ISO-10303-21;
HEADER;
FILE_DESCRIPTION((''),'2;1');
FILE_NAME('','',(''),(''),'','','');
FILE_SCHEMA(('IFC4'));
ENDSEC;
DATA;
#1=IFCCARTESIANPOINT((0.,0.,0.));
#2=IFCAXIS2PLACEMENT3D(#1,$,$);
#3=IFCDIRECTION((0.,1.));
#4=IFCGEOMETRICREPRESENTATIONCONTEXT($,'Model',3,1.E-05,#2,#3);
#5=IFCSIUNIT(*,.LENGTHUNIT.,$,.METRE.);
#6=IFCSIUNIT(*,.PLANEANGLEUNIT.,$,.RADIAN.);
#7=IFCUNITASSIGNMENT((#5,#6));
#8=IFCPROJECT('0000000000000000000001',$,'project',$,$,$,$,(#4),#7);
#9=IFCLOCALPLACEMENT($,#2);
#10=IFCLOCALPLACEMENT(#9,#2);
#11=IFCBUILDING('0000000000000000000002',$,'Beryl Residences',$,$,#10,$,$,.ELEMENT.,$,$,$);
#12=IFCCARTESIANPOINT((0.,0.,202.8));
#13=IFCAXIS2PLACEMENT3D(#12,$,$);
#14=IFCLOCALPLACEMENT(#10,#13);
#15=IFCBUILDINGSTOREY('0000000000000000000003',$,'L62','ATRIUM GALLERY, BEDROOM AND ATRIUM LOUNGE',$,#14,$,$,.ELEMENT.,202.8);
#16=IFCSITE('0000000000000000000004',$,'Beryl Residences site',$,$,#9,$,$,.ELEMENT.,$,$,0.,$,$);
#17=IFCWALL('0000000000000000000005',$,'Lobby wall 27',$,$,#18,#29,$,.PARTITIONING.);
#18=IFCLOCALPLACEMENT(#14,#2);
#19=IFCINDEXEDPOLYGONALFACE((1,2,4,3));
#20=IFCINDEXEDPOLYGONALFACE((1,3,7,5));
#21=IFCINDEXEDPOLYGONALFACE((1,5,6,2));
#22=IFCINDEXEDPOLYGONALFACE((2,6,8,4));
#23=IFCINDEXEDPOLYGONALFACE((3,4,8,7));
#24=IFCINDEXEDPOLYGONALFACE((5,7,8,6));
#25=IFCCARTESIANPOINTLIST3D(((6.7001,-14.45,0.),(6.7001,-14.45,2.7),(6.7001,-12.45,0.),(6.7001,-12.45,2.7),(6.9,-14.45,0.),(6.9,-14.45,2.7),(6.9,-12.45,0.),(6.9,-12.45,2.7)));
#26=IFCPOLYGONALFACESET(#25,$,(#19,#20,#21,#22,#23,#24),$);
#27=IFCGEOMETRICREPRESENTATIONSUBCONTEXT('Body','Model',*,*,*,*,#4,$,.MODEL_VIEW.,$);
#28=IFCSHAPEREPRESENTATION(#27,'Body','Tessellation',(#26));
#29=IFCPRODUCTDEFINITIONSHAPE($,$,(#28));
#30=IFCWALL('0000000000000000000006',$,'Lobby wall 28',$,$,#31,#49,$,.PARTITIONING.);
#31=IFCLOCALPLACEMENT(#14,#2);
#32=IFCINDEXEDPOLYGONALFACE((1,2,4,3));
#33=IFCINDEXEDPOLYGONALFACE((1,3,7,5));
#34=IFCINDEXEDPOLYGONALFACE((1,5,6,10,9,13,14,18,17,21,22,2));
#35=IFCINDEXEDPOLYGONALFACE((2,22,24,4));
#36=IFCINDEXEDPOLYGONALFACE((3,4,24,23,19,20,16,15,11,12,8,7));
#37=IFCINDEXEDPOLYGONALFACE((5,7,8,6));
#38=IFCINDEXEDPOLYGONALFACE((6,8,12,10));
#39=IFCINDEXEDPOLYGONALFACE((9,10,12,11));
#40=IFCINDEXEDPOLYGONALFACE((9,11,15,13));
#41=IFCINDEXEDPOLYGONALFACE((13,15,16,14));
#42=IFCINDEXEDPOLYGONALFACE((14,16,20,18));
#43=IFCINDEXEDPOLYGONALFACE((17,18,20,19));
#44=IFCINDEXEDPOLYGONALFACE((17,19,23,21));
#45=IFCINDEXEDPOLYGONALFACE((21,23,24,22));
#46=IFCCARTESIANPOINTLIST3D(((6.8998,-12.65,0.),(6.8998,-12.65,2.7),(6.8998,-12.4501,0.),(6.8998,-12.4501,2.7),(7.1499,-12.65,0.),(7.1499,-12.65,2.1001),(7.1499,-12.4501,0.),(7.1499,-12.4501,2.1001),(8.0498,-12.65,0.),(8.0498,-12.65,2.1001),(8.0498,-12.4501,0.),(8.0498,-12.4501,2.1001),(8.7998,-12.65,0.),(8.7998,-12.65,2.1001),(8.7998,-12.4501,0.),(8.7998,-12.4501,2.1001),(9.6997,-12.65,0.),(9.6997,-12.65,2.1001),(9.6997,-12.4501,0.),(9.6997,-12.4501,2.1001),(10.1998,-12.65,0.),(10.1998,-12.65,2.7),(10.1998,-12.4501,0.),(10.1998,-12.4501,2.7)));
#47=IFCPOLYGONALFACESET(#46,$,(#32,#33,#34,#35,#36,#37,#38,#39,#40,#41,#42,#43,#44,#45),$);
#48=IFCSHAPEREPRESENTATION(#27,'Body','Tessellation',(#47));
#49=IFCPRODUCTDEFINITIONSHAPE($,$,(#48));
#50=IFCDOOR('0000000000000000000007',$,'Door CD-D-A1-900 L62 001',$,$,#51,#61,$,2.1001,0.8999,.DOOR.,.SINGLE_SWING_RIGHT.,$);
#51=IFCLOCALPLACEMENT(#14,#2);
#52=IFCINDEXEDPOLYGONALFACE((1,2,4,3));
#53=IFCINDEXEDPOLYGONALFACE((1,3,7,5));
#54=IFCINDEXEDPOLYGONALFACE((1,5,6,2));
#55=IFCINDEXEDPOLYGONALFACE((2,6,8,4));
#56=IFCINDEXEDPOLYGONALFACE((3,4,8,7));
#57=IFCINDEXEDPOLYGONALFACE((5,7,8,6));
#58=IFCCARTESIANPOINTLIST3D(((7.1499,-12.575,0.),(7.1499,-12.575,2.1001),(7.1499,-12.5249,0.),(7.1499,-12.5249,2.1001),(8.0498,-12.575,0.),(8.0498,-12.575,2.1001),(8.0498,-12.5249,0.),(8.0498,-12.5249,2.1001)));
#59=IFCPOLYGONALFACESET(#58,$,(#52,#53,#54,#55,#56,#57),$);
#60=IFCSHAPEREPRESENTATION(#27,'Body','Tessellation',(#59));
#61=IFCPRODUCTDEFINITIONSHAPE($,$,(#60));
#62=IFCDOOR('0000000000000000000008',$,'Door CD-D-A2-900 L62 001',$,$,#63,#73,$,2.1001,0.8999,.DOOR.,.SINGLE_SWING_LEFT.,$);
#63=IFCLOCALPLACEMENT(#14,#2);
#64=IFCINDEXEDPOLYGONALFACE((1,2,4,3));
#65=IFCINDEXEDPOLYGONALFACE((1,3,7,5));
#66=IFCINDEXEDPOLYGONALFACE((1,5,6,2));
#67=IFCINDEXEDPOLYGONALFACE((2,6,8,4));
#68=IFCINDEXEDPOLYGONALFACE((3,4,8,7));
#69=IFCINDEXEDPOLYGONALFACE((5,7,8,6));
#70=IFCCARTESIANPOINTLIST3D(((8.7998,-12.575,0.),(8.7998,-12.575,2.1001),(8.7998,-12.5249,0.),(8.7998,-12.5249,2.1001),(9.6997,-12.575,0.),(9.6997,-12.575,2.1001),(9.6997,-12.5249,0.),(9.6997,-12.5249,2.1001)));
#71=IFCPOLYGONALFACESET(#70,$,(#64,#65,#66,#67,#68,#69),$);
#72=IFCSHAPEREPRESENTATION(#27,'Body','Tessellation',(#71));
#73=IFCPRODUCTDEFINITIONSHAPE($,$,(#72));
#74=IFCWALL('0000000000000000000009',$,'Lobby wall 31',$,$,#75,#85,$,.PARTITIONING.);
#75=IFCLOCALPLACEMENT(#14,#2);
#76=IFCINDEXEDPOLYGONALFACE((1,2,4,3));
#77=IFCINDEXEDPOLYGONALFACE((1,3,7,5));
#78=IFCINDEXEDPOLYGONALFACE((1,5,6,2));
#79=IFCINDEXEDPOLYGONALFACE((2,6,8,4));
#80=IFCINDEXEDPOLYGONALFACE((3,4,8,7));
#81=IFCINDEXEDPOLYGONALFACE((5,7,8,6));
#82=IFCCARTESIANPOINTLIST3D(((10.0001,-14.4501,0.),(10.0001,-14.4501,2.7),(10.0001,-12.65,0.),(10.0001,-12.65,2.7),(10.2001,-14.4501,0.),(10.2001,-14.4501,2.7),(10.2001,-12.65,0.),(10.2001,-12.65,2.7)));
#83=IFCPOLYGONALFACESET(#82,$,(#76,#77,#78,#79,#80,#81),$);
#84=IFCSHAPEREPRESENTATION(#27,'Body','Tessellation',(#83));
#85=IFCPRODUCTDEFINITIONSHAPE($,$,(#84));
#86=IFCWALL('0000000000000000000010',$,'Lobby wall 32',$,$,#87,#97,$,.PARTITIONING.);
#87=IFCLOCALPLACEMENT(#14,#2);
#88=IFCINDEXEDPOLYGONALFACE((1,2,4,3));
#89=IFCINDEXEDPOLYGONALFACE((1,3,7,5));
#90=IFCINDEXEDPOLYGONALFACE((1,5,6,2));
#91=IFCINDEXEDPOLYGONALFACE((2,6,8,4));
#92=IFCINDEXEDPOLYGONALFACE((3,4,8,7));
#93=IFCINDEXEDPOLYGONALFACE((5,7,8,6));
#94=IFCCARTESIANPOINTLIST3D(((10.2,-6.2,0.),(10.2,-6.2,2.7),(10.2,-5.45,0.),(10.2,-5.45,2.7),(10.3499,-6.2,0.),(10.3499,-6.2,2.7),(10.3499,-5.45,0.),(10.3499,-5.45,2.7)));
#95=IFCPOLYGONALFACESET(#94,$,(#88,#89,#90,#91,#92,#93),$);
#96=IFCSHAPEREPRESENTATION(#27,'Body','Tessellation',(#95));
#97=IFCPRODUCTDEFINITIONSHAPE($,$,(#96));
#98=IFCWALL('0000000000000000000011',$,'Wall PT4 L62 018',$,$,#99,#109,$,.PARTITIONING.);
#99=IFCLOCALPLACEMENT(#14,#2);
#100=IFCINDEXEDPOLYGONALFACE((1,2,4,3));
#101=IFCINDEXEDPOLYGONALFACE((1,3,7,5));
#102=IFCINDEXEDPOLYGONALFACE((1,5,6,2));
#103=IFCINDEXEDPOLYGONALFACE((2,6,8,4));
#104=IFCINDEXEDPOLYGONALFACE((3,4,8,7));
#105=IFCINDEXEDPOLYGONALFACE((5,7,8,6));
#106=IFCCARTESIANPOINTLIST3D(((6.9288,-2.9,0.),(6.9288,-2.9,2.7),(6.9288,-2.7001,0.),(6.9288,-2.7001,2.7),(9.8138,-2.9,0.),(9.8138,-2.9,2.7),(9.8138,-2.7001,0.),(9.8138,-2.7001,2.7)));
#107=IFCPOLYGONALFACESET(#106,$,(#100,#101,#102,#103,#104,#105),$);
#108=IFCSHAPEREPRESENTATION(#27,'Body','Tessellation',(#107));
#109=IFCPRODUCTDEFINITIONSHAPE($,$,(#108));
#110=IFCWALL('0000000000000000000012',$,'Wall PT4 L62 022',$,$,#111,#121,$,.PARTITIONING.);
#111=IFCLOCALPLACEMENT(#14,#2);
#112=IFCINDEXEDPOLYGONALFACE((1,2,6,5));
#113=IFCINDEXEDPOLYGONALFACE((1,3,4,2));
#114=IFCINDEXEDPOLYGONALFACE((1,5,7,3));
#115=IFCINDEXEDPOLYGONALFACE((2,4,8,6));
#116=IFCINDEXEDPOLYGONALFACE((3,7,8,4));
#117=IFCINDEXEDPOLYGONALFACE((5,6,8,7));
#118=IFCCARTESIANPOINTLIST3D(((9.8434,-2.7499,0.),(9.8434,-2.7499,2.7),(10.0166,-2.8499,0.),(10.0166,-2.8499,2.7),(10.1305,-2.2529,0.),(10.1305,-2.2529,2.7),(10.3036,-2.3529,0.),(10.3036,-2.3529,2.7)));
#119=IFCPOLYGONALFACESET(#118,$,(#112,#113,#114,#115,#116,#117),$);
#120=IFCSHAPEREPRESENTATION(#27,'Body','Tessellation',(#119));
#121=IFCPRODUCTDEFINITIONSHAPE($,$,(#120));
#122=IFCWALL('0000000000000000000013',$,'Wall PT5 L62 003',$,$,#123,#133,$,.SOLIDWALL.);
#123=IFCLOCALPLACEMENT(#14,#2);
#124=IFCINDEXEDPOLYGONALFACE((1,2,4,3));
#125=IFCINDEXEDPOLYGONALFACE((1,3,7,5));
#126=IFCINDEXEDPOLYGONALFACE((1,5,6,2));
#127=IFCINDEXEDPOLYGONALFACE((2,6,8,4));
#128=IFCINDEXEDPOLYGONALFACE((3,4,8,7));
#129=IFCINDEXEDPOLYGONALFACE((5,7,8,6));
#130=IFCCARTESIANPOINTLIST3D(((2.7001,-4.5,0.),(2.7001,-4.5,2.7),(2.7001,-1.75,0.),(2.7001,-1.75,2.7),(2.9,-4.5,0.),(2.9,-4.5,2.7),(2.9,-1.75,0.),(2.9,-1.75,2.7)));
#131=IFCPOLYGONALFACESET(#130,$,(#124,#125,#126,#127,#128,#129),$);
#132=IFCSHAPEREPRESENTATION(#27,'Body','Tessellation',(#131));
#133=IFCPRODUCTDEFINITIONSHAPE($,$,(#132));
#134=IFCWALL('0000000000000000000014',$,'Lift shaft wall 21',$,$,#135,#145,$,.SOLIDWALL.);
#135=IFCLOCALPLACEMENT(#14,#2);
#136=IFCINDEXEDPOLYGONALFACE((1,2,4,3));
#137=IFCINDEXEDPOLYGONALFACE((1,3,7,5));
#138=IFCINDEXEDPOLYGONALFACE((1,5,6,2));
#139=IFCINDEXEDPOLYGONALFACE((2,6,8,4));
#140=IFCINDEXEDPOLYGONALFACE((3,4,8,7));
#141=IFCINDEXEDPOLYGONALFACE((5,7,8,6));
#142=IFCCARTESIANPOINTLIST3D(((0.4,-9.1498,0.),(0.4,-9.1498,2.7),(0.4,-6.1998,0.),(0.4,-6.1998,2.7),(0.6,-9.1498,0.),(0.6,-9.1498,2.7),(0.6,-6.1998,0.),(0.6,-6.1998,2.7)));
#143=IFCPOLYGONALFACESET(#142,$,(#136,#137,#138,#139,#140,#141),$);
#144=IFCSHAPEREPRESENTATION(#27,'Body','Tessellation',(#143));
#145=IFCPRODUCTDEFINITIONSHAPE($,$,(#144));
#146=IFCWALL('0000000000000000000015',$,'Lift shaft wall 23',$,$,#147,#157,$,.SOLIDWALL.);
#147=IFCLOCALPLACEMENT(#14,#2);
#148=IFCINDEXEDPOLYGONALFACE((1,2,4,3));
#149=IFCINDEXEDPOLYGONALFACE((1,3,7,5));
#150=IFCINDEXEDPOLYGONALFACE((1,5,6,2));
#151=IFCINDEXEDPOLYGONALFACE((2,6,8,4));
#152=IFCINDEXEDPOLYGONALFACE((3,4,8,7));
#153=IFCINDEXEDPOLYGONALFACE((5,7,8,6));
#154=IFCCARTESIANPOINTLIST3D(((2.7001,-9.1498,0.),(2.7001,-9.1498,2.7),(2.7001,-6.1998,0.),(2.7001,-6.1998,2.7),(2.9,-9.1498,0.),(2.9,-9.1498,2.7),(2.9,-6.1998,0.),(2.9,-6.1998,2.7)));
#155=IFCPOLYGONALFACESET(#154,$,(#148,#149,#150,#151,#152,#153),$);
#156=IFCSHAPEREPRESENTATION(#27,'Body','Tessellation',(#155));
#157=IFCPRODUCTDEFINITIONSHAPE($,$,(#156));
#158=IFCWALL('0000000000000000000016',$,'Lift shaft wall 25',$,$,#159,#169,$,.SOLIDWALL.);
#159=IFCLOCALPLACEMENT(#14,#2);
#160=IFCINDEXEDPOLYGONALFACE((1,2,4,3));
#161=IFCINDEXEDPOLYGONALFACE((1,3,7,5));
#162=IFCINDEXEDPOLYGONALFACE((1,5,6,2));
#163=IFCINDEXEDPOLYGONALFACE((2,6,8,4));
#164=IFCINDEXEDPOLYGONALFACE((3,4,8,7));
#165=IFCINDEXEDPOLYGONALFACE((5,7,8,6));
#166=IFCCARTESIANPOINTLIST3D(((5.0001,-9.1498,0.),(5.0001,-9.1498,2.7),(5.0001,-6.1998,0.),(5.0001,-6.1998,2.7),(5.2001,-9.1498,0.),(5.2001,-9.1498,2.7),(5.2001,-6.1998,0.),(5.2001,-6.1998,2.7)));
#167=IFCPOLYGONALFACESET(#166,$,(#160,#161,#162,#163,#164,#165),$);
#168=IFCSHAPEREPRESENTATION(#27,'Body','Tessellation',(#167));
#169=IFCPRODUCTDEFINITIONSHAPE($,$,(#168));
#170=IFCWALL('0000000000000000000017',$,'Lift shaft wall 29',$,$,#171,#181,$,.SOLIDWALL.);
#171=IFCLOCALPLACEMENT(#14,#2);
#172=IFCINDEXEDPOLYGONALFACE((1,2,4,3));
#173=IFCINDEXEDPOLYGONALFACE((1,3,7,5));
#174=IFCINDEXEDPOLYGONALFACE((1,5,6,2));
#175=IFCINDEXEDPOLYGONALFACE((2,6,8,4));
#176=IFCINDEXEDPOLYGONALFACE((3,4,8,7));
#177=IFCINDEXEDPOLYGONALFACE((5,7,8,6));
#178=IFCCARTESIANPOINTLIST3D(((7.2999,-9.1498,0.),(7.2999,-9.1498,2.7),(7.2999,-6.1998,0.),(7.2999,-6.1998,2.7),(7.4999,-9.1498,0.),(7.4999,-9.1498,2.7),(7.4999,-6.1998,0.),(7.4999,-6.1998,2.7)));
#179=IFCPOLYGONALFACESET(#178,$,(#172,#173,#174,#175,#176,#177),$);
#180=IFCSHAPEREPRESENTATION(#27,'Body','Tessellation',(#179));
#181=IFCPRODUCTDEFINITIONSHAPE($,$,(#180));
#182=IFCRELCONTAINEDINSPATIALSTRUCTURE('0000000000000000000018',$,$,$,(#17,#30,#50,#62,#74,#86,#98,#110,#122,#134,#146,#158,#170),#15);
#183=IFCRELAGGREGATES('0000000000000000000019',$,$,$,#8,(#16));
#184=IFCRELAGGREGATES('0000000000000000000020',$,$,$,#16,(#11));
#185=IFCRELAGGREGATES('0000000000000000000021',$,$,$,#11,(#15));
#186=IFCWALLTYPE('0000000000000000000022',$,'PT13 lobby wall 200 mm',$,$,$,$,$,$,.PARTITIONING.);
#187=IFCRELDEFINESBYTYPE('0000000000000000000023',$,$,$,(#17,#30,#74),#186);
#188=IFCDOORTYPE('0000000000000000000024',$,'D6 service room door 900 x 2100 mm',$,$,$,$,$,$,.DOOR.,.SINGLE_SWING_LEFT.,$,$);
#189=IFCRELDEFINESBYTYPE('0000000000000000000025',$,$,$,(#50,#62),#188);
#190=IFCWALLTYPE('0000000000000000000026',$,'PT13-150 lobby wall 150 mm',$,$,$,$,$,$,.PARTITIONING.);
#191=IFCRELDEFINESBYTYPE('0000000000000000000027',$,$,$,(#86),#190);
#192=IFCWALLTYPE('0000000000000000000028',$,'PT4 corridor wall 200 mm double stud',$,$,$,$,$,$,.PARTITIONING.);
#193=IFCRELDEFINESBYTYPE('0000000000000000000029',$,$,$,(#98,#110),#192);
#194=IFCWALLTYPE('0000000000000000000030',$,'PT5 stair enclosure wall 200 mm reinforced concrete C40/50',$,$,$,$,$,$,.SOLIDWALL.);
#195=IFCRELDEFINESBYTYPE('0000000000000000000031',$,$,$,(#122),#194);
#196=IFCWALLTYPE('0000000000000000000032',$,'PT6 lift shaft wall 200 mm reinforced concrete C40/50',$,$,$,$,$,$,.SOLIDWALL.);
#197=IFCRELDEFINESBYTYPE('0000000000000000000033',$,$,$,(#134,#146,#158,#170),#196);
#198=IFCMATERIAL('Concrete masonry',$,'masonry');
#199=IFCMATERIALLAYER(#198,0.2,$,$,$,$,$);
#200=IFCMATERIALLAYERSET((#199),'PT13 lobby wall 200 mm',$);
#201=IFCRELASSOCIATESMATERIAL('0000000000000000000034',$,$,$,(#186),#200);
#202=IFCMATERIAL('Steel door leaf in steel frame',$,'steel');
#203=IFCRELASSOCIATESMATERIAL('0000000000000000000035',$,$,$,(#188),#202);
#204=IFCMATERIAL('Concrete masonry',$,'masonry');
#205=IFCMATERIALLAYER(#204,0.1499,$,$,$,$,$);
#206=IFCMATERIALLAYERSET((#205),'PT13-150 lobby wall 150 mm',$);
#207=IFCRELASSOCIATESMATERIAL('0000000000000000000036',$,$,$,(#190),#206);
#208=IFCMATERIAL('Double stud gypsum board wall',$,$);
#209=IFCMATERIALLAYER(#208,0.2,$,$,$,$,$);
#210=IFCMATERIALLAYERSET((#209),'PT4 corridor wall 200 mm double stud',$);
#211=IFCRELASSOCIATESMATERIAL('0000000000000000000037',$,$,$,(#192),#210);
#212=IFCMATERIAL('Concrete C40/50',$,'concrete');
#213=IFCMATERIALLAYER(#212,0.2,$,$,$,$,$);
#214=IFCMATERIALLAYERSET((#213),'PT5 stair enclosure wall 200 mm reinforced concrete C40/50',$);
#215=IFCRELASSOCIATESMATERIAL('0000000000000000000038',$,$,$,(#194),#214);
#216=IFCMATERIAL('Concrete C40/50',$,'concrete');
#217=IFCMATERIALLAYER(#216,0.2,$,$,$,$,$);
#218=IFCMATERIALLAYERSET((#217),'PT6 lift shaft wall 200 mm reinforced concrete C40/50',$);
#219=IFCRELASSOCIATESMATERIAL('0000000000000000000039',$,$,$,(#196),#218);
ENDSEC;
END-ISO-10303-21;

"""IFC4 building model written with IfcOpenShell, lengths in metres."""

from ifc_helpers import new_model, si_unit, direction, frame, frame_2d, origin, place, context, subcontext, project, spatial, rectangle, extrude, material, layer, layer_set, type_object, element, fill, save


model = new_model("IFC4")

# Units and contexts
model_context = context("Model", 3, precision=1e-05, world=origin(), true_north=direction((0.0, 1.0)))
body_context = subcontext(model_context, "Body", "Model", "MODEL_VIEW")
ifc_project = project(units=[si_unit("LENGTHUNIT", "METRE"), si_unit("PLANEANGLEUNIT", "RADIAN")], contexts=[model_context])

# Site, building, storey
site_placement = place(None, origin())
site = spatial("IfcSite", under=ifc_project, at=site_placement, Name="Beryl Residences site", CompositionType="ELEMENT", RefElevation=0.0)
building_placement = place(site_placement, origin())
building = spatial("IfcBuilding", under=site, at=building_placement, Name="Beryl Residences", CompositionType="ELEMENT")
storey_placement = place(building_placement, frame((0.0, 0.0, 202.8)))
storey = spatial("IfcBuildingStorey", under=building, at=storey_placement, Name="L62", Description="ATRIUM GALLERY, BEDROOM AND ATRIUM LOUNGE", CompositionType="ELEMENT", Elevation=202.8)

# Wall
ifc_material_1 = material(Name="Concrete masonry", Category="masonry")
ifc_layer_1 = layer(ifc_material_1, 0.2)
ifc_layer_set_1 = layer_set([ifc_layer_1], Name="PT13 lobby wall 200 mm")
wall_type_1 = type_object("IfcWallType", Name="PT13 lobby wall 200 mm", PredefinedType="PARTITIONING", material=ifc_layer_set_1)
wall_1_placement = place(storey_placement, frame((6.8, -14.45, 0.0), z_axis=(0.0, 0.0, 1.0), x_axis=(0.0, 1.0, 0.0)))
element("IfcWall", 1, at=wall_1_placement, inside=storey, type_object=wall_type_1, Name="Lobby wall 27", PredefinedType="PARTITIONING", context=body_context, shape_type="SweptSolid", body=[
    extrude(rectangle(XDim=2.0, YDim=0.2, at=frame_2d((1.0, 0.0))), origin(), (0.0, 0.0, 1.0), 2.7),
])

# Wall, openings, doors
wall_2_placement = place(storey_placement, frame((6.8999, -12.55, 0.0), z_axis=(0.0, 0.0, 1.0), x_axis=(1.0, 0.0, 0.0)))
wall_2 = element("IfcWall", 2, at=wall_2_placement, inside=storey, type_object=wall_type_1, Name="Lobby wall 28", PredefinedType="PARTITIONING", context=body_context, shape_type="SweptSolid", body=[
    extrude(rectangle(XDim=3.3, YDim=0.2, at=frame_2d((1.6499, 0.0))), origin(), (0.0, 0.0, 1.0), 2.7),
])
opening_1_placement = place(wall_2_placement, frame((1.1499, 0.0, 0.0), z_axis=(0.0, 0.0, 1.0), x_axis=(-1.0, 0.0, 0.0)))
opening_1 = element("IfcOpeningElement", 3, at=opening_1_placement, cuts=wall_2, PredefinedType="OPENING", context=body_context, shape_type="SweptSolid", body=[
    extrude(rectangle(XDim=0.8999, YDim=2.1001, at=frame_2d((0.45, 1.05))), frame((0.0, 0.1099, 0.0), z_axis=(0.0, -1.0, 0.0), x_axis=(1.0, 0.0, 0.0)), (0.0, 0.0, 1.0), 0.22),
])
opening_2_placement = place(wall_2_placement, frame((2.7998, 0.0, 0.0), z_axis=(0.0, 0.0, 1.0), x_axis=(-1.0, 0.0, 0.0)))
opening_2 = element("IfcOpeningElement", 4, at=opening_2_placement, cuts=wall_2, PredefinedType="OPENING", context=body_context, shape_type="SweptSolid", body=[
    extrude(rectangle(XDim=0.8999, YDim=2.1001, at=frame_2d((0.45, 1.05))), frame((0.0, 0.1099, 0.0), z_axis=(0.0, -1.0, 0.0), x_axis=(1.0, 0.0, 0.0)), (0.0, 0.0, 1.0), 0.22),
])
ifc_material_2 = material(Name="Steel door leaf in steel frame", Category="steel")
door_type = type_object("IfcDoorType", Name="D6 service room door 900 x 2100 mm", OperationType="SINGLE_SWING_LEFT", PredefinedType="DOOR", material=ifc_material_2)
door_1_placement = place(opening_1_placement, origin())
door_1 = element("IfcDoor", 5, at=door_1_placement, inside=storey, type_object=door_type, Name="Door CD-D-A1-900 L62 001", OperationType="SINGLE_SWING_RIGHT", OverallHeight=2.1001, OverallWidth=0.8999, PredefinedType="DOOR", context=body_context, shape_type="SweptSolid", body=[
    extrude(rectangle(XDim=0.8999, YDim=2.1001, at=frame_2d((0.45, 1.05))), frame((0.0, 0.0249, 0.0), z_axis=(0.0, -1.0, 0.0), x_axis=(1.0, 0.0, 0.0)), (0.0, 0.0, 1.0), 0.05),
])
fill(opening_1, door_1)
door_2_placement = place(opening_2_placement, origin())
door_2 = element("IfcDoor", 6, at=door_2_placement, inside=storey, type_object=door_type, Name="Door CD-D-A2-900 L62 001", OperationType="SINGLE_SWING_LEFT", OverallHeight=2.1001, OverallWidth=0.8999, PredefinedType="DOOR", context=body_context, shape_type="SweptSolid", body=[
    extrude(rectangle(XDim=0.8999, YDim=2.1001, at=frame_2d((0.45, 1.05))), frame((0.0, 0.0249, 0.0), z_axis=(0.0, -1.0, 0.0), x_axis=(1.0, 0.0, 0.0)), (0.0, 0.0, 1.0), 0.05),
])
fill(opening_2, door_2)

# Walls
wall_3_placement = place(storey_placement, frame((10.1001, -14.45, 0.0), z_axis=(0.0, 0.0, 1.0), x_axis=(0.0, 1.0, 0.0)))
element("IfcWall", 7, at=wall_3_placement, inside=storey, type_object=wall_type_1, Name="Lobby wall 31", PredefinedType="PARTITIONING", context=body_context, shape_type="SweptSolid", body=[
    extrude(rectangle(XDim=1.8, YDim=0.2, at=frame_2d((0.8999, 0.0))), origin(), (0.0, 0.0, 1.0), 2.7),
])
ifc_material_3 = material(Name="Concrete masonry", Category="masonry")
ifc_layer_2 = layer(ifc_material_3, 0.1499)
ifc_layer_set_2 = layer_set([ifc_layer_2], Name="PT13-150 lobby wall 150 mm")
wall_type_2 = type_object("IfcWallType", Name="PT13-150 lobby wall 150 mm", PredefinedType="PARTITIONING", material=ifc_layer_set_2)
wall_4_placement = place(storey_placement, frame((10.2749, -6.2, 0.0), z_axis=(0.0, 0.0, 1.0), x_axis=(0.0, 1.0, 0.0)))
element("IfcWall", 8, at=wall_4_placement, inside=storey, type_object=wall_type_2, Name="Lobby wall 32", PredefinedType="PARTITIONING", context=body_context, shape_type="SweptSolid", body=[
    extrude(rectangle(XDim=0.75, YDim=0.1499, at=frame_2d((0.375, 0.0))), origin(), (0.0, 0.0, 1.0), 2.7),
])
ifc_material_4 = material(Name="Double stud gypsum board wall")
ifc_layer_3 = layer(ifc_material_4, 0.2)
ifc_layer_set_3 = layer_set([ifc_layer_3], Name="PT4 corridor wall 200 mm double stud")
wall_type_3 = type_object("IfcWallType", Name="PT4 corridor wall 200 mm double stud", PredefinedType="PARTITIONING", material=ifc_layer_set_3)
wall_5_placement = place(storey_placement, frame((6.929, -2.8, 0.0), z_axis=(0.0, 0.0, 1.0), x_axis=(1.0, 0.0, 0.0)))
element("IfcWall", 9, at=wall_5_placement, inside=storey, type_object=wall_type_3, Name="Wall PT4 L62 018", PredefinedType="PARTITIONING", context=body_context, shape_type="SweptSolid", body=[
    extrude(rectangle(XDim=2.885, YDim=0.2, at=frame_2d((1.4424, 0.0))), origin(), (0.0, 0.0, 1.0), 2.7),
])
wall_6_placement = place(storey_placement, frame((9.9299, -2.8, 0.0), z_axis=(0.0, 0.0, 1.0), x_axis=(0.500164, 0.865931, 0.0)))
element("IfcWall", 10, at=wall_6_placement, inside=storey, type_object=wall_type_3, Name="Wall PT4 L62 022", PredefinedType="PARTITIONING", context=body_context, shape_type="SweptSolid", body=[
    extrude(rectangle(XDim=0.574, YDim=0.2, at=frame_2d((0.2871, 0.0))), origin(), (0.0, 0.0, 1.0), 2.7),
])
ifc_material_5 = material(Name="Concrete C40/50", Category="concrete")
ifc_layer_4 = layer(ifc_material_5, 0.2)
ifc_layer_set_4 = layer_set([ifc_layer_4], Name="PT5 stair enclosure wall 200 mm reinforced concrete C40/50")
wall_type_4 = type_object("IfcWallType", Name="PT5 stair enclosure wall 200 mm reinforced concrete C40/50", PredefinedType="SOLIDWALL", material=ifc_layer_set_4)
wall_7_placement = place(storey_placement, frame((2.8, -4.5, 0.0), z_axis=(0.0, 0.0, 1.0), x_axis=(0.0, 1.0, 0.0)))
element("IfcWall", 11, at=wall_7_placement, inside=storey, type_object=wall_type_4, Name="Wall PT5 L62 003", PredefinedType="SOLIDWALL", context=body_context, shape_type="SweptSolid", body=[
    extrude(rectangle(XDim=2.75, YDim=0.2, at=frame_2d((1.375, 0.0))), origin(), (0.0, 0.0, 1.0), 2.7),
])
ifc_material_6 = material(Name="Concrete C40/50", Category="concrete")
ifc_layer_5 = layer(ifc_material_6, 0.2)
ifc_layer_set_5 = layer_set([ifc_layer_5], Name="PT6 lift shaft wall 200 mm reinforced concrete C40/50")
wall_type_5 = type_object("IfcWallType", Name="PT6 lift shaft wall 200 mm reinforced concrete C40/50", PredefinedType="SOLIDWALL", material=ifc_layer_set_5)
for number, where, z_axis, x_axis, name in (
    (12, (0.5, -9.1499, 0.0), (0.0, 0.0, 1.0), (0.0, 1.0, 0.0), "Lift shaft wall 21"),
    (13, (2.8, -9.1499, 0.0), (0.0, 0.0, 1.0), (0.0, 1.0, 0.0), "Lift shaft wall 23"),
    (14, (5.1001, -9.1499, 0.0), (0.0, 0.0, 1.0), (0.0, 1.0, 0.0), "Lift shaft wall 25"),
    (15, (7.3999, -9.1499, 0.0), (0.0, 0.0, 1.0), (0.0, 1.0, 0.0), "Lift shaft wall 29"),
):
    element("IfcWall", number, at=place(storey_placement, frame(where, z_axis=z_axis, x_axis=x_axis)), inside=storey, type_object=wall_type_5, Name=name, PredefinedType="SOLIDWALL", context=body_context, shape_type="SweptSolid", body=[
        extrude(rectangle(XDim=2.95, YDim=0.2, at=frame_2d((1.4751, 0.0))), origin(), (0.0, 0.0, 1.0), 2.7),
    ])

save(model, "model.ifc")
